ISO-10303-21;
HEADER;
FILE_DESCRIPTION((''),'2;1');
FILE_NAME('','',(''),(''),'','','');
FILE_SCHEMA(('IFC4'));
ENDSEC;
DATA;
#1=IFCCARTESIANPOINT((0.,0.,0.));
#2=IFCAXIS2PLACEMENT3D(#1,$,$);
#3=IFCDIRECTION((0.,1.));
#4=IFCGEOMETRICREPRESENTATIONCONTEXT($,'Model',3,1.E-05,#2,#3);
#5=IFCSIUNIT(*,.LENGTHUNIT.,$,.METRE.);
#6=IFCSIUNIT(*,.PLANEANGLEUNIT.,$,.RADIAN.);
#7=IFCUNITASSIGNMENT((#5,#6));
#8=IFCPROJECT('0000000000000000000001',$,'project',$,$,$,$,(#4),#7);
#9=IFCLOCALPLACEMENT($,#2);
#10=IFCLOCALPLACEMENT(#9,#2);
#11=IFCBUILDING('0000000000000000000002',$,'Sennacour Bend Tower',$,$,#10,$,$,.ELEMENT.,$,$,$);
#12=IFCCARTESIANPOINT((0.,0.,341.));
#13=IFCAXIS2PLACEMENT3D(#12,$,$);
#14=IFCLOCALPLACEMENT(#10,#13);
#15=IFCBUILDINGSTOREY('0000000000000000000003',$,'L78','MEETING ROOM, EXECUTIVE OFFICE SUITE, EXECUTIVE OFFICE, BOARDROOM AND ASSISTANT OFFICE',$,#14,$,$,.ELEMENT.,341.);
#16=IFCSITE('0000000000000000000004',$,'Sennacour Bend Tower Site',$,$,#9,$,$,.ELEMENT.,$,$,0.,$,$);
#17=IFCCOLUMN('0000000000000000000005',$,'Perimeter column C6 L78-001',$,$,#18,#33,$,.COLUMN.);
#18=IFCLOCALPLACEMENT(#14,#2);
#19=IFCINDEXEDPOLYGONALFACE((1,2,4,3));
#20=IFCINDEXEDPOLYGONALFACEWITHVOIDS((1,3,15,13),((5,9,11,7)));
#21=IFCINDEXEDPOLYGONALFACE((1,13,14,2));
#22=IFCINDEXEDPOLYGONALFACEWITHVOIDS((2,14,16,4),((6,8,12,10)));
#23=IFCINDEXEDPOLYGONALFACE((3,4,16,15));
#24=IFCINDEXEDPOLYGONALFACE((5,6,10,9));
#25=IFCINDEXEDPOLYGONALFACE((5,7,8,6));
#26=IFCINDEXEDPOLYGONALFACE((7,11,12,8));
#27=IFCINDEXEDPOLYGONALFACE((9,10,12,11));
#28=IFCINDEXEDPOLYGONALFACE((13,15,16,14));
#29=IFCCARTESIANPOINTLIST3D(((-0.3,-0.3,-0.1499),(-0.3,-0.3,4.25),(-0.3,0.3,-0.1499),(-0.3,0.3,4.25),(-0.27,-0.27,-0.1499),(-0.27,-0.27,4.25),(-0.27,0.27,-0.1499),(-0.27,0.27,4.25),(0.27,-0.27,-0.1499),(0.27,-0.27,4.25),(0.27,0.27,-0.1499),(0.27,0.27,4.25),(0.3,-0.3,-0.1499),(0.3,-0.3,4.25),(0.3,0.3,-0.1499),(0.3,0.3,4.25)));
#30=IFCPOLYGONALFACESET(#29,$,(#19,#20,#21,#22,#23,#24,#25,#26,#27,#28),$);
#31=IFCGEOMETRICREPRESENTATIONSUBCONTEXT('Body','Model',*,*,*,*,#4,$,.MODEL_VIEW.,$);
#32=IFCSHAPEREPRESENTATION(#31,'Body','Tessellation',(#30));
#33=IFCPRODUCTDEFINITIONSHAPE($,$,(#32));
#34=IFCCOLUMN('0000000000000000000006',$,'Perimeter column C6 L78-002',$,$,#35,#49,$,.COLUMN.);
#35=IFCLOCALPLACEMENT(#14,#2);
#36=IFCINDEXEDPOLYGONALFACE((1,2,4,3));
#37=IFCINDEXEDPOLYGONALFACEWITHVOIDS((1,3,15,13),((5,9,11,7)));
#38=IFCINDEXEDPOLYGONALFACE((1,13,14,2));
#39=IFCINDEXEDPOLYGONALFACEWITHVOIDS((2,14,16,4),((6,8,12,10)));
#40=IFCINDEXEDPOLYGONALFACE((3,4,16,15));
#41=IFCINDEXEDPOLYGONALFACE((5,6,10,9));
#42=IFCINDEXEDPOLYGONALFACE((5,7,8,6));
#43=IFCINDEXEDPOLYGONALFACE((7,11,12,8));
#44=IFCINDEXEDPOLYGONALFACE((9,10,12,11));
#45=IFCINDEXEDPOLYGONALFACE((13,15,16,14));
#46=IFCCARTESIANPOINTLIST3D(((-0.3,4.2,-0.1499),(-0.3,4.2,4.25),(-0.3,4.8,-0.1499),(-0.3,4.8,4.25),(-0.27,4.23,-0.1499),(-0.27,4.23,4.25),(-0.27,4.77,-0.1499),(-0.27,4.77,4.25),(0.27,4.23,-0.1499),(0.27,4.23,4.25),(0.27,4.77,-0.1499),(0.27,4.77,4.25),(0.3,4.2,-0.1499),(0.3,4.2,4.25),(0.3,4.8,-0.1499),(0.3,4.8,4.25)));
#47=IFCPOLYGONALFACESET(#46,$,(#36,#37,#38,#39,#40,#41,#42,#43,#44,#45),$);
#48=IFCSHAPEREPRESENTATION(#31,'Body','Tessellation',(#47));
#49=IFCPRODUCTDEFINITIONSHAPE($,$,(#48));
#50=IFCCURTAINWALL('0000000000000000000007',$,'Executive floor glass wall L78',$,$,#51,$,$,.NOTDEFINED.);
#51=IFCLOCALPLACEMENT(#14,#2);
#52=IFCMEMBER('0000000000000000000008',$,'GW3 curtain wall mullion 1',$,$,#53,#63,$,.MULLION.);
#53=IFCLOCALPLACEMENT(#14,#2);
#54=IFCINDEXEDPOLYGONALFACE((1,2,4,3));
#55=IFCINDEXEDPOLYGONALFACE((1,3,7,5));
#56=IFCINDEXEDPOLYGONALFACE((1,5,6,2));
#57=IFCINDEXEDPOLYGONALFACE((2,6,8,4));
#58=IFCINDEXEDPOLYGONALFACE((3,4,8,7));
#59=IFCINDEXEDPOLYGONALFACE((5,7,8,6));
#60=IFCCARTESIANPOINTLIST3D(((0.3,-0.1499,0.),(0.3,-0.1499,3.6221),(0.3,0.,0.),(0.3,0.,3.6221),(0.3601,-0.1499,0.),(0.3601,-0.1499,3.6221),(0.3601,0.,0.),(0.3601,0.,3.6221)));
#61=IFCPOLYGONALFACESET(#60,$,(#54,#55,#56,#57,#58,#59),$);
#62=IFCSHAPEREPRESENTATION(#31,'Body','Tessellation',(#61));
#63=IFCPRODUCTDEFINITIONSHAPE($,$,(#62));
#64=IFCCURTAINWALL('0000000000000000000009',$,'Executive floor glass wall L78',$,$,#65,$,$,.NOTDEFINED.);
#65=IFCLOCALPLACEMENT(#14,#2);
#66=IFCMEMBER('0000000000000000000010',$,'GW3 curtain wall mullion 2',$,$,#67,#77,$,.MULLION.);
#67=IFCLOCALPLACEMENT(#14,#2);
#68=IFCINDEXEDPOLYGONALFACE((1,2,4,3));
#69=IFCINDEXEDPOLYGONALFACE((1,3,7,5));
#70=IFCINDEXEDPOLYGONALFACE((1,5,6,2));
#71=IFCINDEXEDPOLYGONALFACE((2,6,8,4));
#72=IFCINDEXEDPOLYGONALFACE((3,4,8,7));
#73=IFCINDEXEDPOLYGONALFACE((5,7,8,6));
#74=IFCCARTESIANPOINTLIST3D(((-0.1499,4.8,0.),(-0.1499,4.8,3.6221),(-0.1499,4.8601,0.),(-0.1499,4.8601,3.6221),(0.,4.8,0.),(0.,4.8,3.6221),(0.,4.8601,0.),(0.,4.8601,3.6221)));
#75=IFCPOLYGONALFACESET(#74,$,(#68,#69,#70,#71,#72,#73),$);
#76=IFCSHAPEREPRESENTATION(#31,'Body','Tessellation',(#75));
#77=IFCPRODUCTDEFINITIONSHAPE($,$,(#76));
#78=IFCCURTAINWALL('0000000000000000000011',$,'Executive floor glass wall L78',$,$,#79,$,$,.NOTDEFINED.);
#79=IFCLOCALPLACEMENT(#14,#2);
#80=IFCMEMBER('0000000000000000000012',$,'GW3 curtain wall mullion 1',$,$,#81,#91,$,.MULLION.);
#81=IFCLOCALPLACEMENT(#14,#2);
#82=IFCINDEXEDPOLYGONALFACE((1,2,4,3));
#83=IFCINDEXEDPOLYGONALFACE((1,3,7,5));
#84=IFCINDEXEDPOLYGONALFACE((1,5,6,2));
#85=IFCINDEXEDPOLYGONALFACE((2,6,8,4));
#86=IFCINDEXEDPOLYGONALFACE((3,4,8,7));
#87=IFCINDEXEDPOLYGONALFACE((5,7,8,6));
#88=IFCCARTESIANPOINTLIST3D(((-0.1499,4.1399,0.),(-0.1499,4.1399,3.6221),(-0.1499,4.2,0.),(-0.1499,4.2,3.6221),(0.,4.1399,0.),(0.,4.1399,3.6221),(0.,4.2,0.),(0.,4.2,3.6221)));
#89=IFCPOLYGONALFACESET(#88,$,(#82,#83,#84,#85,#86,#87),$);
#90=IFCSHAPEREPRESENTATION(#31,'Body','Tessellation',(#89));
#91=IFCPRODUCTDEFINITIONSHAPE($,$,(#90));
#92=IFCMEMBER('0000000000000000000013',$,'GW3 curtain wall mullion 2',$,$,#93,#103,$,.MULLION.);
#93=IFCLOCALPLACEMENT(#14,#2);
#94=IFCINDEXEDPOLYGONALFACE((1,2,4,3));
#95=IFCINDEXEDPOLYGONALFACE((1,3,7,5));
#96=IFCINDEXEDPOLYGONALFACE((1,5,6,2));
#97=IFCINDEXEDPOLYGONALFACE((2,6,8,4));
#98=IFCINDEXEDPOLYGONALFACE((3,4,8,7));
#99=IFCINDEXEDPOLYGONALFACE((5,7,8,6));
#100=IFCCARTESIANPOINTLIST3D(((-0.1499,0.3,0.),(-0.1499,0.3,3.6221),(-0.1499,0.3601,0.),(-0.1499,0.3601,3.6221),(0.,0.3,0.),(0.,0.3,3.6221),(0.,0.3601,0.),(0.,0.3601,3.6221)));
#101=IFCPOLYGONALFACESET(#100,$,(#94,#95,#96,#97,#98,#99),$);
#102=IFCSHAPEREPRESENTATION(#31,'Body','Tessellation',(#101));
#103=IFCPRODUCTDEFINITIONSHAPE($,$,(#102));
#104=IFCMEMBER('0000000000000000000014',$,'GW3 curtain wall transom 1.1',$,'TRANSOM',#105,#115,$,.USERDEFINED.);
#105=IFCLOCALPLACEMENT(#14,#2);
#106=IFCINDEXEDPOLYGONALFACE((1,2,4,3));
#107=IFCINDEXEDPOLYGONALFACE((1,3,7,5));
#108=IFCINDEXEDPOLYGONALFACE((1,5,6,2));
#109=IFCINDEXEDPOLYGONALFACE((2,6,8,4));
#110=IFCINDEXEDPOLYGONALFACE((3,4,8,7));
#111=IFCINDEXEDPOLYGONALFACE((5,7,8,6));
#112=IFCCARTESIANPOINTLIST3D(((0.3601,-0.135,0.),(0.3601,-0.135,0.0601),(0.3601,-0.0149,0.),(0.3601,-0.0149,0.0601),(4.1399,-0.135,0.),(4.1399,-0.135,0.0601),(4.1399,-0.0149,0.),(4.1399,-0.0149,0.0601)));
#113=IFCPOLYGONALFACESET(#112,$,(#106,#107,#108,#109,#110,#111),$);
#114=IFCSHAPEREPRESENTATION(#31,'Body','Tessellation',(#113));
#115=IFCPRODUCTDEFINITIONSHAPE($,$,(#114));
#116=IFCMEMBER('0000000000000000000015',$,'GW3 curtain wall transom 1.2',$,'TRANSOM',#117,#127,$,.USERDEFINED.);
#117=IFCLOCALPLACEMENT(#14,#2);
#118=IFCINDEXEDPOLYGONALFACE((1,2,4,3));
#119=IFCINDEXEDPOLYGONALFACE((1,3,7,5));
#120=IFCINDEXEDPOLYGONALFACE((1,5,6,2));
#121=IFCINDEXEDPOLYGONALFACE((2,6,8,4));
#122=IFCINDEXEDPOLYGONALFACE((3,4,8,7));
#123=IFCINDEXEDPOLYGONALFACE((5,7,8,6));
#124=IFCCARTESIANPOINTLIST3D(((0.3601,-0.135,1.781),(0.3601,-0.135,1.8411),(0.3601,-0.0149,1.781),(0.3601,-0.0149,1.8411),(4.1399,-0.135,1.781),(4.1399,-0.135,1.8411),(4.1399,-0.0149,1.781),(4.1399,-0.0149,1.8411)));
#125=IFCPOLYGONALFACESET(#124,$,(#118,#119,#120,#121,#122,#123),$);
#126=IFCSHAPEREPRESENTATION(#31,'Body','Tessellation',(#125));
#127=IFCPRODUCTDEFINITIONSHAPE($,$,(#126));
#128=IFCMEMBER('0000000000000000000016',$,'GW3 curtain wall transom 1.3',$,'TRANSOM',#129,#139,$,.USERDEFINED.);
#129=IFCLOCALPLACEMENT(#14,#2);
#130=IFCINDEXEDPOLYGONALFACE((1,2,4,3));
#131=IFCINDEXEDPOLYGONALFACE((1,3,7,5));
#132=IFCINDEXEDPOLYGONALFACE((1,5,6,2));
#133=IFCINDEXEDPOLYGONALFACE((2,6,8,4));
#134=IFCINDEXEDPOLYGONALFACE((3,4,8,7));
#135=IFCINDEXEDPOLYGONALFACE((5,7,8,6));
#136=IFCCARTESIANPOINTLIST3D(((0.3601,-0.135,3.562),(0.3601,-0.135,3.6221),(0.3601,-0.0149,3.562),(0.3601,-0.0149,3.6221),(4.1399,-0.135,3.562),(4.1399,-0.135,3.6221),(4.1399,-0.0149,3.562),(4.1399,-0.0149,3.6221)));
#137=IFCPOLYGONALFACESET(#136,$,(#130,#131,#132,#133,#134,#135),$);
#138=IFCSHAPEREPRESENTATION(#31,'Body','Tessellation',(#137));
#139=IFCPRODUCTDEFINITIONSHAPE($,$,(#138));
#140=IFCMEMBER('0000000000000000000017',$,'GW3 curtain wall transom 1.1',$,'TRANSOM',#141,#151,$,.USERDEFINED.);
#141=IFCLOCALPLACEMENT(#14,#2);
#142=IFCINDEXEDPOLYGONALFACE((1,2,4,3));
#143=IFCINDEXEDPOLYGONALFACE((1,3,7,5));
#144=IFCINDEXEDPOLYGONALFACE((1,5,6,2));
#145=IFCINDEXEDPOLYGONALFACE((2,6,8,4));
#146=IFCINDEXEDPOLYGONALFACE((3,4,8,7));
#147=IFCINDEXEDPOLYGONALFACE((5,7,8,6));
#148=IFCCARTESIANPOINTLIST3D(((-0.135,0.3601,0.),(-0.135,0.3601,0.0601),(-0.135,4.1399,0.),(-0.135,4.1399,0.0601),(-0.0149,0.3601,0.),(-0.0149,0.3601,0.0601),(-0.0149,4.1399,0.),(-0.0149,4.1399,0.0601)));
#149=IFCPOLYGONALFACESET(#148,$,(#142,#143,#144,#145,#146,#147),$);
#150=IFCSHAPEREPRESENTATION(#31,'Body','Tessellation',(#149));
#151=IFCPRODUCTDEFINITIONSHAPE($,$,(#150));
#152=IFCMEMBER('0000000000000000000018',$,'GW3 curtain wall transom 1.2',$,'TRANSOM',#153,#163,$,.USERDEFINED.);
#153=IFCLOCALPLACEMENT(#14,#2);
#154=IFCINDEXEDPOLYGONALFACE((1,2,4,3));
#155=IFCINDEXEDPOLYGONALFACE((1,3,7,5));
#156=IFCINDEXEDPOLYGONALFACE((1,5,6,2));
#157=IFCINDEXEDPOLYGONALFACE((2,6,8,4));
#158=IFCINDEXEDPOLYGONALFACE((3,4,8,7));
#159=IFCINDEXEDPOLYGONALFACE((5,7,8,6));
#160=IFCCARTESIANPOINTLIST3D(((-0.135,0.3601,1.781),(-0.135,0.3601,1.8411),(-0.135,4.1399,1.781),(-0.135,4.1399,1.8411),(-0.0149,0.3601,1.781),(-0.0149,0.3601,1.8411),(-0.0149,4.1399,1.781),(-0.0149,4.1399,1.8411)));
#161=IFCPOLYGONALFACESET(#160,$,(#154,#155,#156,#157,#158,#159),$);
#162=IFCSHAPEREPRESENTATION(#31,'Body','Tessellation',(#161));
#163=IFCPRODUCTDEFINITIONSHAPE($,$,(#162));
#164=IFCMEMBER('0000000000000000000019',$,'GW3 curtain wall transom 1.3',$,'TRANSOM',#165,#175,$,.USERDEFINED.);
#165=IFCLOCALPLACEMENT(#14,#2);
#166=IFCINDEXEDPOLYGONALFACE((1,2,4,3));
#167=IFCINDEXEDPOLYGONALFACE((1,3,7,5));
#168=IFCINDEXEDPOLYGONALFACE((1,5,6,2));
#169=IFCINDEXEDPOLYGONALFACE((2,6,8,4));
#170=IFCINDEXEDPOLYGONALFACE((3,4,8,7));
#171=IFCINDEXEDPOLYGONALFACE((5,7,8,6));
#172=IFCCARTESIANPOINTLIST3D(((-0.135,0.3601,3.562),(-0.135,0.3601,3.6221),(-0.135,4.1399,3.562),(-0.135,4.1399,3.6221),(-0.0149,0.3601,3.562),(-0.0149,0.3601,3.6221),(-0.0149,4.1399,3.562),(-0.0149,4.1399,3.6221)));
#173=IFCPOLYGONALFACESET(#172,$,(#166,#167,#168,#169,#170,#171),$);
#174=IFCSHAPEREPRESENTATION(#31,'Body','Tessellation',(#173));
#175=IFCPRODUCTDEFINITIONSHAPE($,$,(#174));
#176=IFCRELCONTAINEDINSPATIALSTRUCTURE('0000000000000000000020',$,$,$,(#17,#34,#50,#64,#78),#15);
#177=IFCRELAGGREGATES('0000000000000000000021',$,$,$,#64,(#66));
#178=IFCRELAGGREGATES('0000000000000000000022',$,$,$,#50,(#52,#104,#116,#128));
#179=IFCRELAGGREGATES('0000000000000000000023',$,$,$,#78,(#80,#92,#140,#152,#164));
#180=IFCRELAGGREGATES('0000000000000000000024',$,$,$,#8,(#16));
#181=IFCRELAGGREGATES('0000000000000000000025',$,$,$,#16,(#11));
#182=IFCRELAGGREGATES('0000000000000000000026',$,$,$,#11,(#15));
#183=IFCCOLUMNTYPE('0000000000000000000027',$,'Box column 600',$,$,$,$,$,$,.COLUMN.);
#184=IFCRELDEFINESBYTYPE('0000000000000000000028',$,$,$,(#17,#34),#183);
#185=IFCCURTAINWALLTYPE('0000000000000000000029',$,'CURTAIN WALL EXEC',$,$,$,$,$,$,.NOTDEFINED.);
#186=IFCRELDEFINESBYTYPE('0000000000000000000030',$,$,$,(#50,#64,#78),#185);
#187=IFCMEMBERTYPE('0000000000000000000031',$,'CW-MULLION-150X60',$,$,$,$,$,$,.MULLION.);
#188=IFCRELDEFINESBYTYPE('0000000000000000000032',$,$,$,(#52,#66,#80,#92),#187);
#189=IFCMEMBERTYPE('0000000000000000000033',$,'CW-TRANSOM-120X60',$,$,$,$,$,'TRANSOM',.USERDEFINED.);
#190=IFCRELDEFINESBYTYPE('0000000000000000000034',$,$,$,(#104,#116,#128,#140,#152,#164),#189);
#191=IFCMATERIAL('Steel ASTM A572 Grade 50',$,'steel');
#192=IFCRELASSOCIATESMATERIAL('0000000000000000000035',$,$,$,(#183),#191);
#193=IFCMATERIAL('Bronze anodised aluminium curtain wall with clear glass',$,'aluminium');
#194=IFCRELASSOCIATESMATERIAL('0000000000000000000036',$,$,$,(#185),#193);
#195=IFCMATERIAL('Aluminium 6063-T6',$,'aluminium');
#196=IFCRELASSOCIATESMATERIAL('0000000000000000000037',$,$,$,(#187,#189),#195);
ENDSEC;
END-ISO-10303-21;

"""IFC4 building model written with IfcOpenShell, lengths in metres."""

from ifc_helpers import new_model, si_unit, direction, frame, origin, origin_2d, place, context, subcontext, project, spatial, rectangle, hollow_rectangle, extrude, material, material_profile, profile_set, type_object, element, aggregate, save


model = new_model("IFC4")

# Units and contexts
model_context = context("Model", 3, precision=1e-05, world=origin(), true_north=direction((0.0, 1.0)))
body_context = subcontext(model_context, "Body", "Model", "MODEL_VIEW")
ifc_project = project(units=[si_unit("LENGTHUNIT", "METRE"), si_unit("PLANEANGLEUNIT", "RADIAN")], contexts=[model_context])

# Site, building, storey
site_placement = place(None, origin())
site = spatial("IfcSite", under=ifc_project, at=site_placement, Name="Sennacour Bend Tower Site", CompositionType="ELEMENT", RefElevation=0.0)
building_placement = place(site_placement, origin())
building = spatial("IfcBuilding", under=site, at=building_placement, Name="Sennacour Bend Tower", CompositionType="ELEMENT")
storey_placement = place(building_placement, frame((0.0, 0.0, 341.0)))
storey = spatial("IfcBuildingStorey", under=building, at=storey_placement, Name="L78", Description="MEETING ROOM, EXECUTIVE OFFICE SUITE, EXECUTIVE OFFICE, BOARDROOM AND ASSISTANT OFFICE", CompositionType="ELEMENT", Elevation=341.0)

# Columns
ifc_material_1 = material(Name="Steel ASTM A572 Grade 50", Category="steel")
ifc_material_profile_1 = material_profile(ifc_material_1, hollow_rectangle(XDim=0.6001, YDim=0.6001, WallThickness=0.03, at=origin_2d()), Name="Steel ASTM A572 Grade 50", Category="steel")
ifc_profile_set_1 = profile_set([ifc_material_profile_1], Name="Steel ASTM A572 Grade 50")
column_type = type_object("IfcColumnType", Name="Box column 600", PredefinedType="COLUMN", material=ifc_profile_set_1)
for number, where, z_axis, x_axis, name in (
    (1, (0.0, 0.0, -0.1499), (0.0, 0.0, 1.0), (1.0, 0.0, 0.0), "Perimeter column C6 L78-001"),
    (2, (0.0, 4.5, -0.1499), (0.0, 0.0, 1.0), (1.0, 0.0, 0.0), "Perimeter column C6 L78-002"),
):
    element("IfcColumn", number, at=place(storey_placement, frame(where, z_axis=z_axis, x_axis=x_axis)), inside=storey, type_object=column_type, Name=name, PredefinedType="COLUMN", context=body_context, shape_type="SweptSolid", body=[
        extrude(hollow_rectangle(XDim=0.6001, YDim=0.6001, WallThickness=0.03, at=origin_2d()), origin(), (0.0, 0.0, 1.0), 4.3999),
    ])

# Curtain walls, members
ifc_material_2 = material(Name="Bronze anodised aluminium curtain wall with clear glass", Category="aluminium")
curtain_wall_type = type_object("IfcCurtainWallType", Name="CURTAIN WALL EXEC", PredefinedType="NOTDEFINED", material=ifc_material_2)
curtain_wall_1_placement = place(storey_placement, origin())
curtain_wall_1 = element("IfcCurtainWall", 3, at=curtain_wall_1_placement, inside=storey, type_object=curtain_wall_type, Name="Executive floor glass wall L78", PredefinedType="NOTDEFINED")
ifc_material_3 = material(Name="Aluminium 6063-T6", Category="aluminium")
ifc_material_profile_2 = material_profile(ifc_material_3, rectangle(XDim=0.1499, YDim=0.0601, at=origin_2d()), Name="Aluminium 6063-T6", Category="aluminium")
ifc_profile_set_2 = profile_set([ifc_material_profile_2], Name="Aluminium 6063-T6")
member_type_1 = type_object("IfcMemberType", Name="CW-MULLION-150X60", PredefinedType="MULLION", material=ifc_profile_set_2)
member_1_placement = place(storey_placement, frame((0.3301, -0.075, 0.0), z_axis=(0.0, 0.0, 1.0), x_axis=(0.0, 1.0, 0.0)))
member_1 = element("IfcMember", 4, at=member_1_placement, type_object=member_type_1, Name="GW3 curtain wall mullion 1", PredefinedType="MULLION", context=body_context, shape_type="SweptSolid", body=[
    extrude(rectangle(XDim=0.1499, YDim=0.0601, at=origin_2d()), origin(), (0.0, 0.0, 1.0), 3.6221),
])
curtain_wall_2_placement = place(storey_placement, origin())
curtain_wall_2 = element("IfcCurtainWall", 5, at=curtain_wall_2_placement, inside=storey, type_object=curtain_wall_type, Name="Executive floor glass wall L78", PredefinedType="NOTDEFINED")
member_2_placement = place(storey_placement, frame((-0.075, 4.8301, 0.0), z_axis=(0.0, 0.0, 1.0), x_axis=(1.0, 0.0, 0.0)))
member_2 = element("IfcMember", 6, at=member_2_placement, type_object=member_type_1, Name="GW3 curtain wall mullion 2", PredefinedType="MULLION", context=body_context, shape_type="SweptSolid", body=[
    extrude(rectangle(XDim=0.1499, YDim=0.0601, at=origin_2d()), origin(), (0.0, 0.0, 1.0), 3.6221),
])
aggregate(curtain_wall_2, [member_2])

# Curtain wall, members
curtain_wall_3_placement = place(storey_placement, origin())
curtain_wall_3 = element("IfcCurtainWall", 7, at=curtain_wall_3_placement, inside=storey, type_object=curtain_wall_type, Name="Executive floor glass wall L78", PredefinedType="NOTDEFINED")
member_3_placement = place(storey_placement, frame((-0.075, 4.1699, 0.0), z_axis=(0.0, 0.0, 1.0), x_axis=(1.0, 0.0, 0.0)))
member_3 = element("IfcMember", 8, at=member_3_placement, type_object=member_type_1, Name="GW3 curtain wall mullion 1", PredefinedType="MULLION", context=body_context, shape_type="SweptSolid", body=[
    extrude(rectangle(XDim=0.1499, YDim=0.0601, at=origin_2d()), origin(), (0.0, 0.0, 1.0), 3.6221),
])
member_4_placement = place(storey_placement, frame((-0.075, 0.3301, 0.0), z_axis=(0.0, 0.0, 1.0), x_axis=(1.0, 0.0, 0.0)))
member_4 = element("IfcMember", 9, at=member_4_placement, type_object=member_type_1, Name="GW3 curtain wall mullion 2", PredefinedType="MULLION", context=body_context, shape_type="SweptSolid", body=[
    extrude(rectangle(XDim=0.1499, YDim=0.0601, at=origin_2d()), origin(), (0.0, 0.0, 1.0), 3.6221),
])

# Members
ifc_material_profile_3 = material_profile(ifc_material_3, rectangle(XDim=0.1201, YDim=0.0601, at=origin_2d()), Name="Aluminium 6063-T6", Category="aluminium")
ifc_profile_set_3 = profile_set([ifc_material_profile_3], Name="Aluminium 6063-T6")
member_type_2 = type_object("IfcMemberType", Name="CW-TRANSOM-120X60", ElementType="TRANSOM", PredefinedType="USERDEFINED", material=ifc_profile_set_3)
member_5_placement = place(storey_placement, frame((0.3601, -0.075, 0.03), z_axis=(1.0, 0.0, 0.0), x_axis=(0.0, 1.0, 0.0)))
member_5 = element("IfcMember", 10, at=member_5_placement, type_object=member_type_2, Name="GW3 curtain wall transom 1.1", ObjectType="TRANSOM", PredefinedType="USERDEFINED", context=body_context, shape_type="SweptSolid", body=[
    extrude(rectangle(XDim=0.1201, YDim=0.0601, at=origin_2d()), origin(), (0.0, 0.0, 1.0), 3.7798),
])
member_6_placement = place(storey_placement, frame((0.3601, -0.075, 1.811), z_axis=(1.0, 0.0, 0.0), x_axis=(0.0, 1.0, 0.0)))
member_6 = element("IfcMember", 11, at=member_6_placement, type_object=member_type_2, Name="GW3 curtain wall transom 1.2", ObjectType="TRANSOM", PredefinedType="USERDEFINED", context=body_context, shape_type="SweptSolid", body=[
    extrude(rectangle(XDim=0.1201, YDim=0.0601, at=origin_2d()), origin(), (0.0, 0.0, 1.0), 3.7798),
])
member_7_placement = place(storey_placement, frame((0.3601, -0.075, 3.592), z_axis=(1.0, 0.0, 0.0), x_axis=(0.0, 1.0, 0.0)))
member_7 = element("IfcMember", 12, at=member_7_placement, type_object=member_type_2, Name="GW3 curtain wall transom 1.3", ObjectType="TRANSOM", PredefinedType="USERDEFINED", context=body_context, shape_type="SweptSolid", body=[
    extrude(rectangle(XDim=0.1201, YDim=0.0601, at=origin_2d()), origin(), (0.0, 0.0, 1.0), 3.7798),
])
aggregate(curtain_wall_1, [member_1, member_5, member_6, member_7])
member_8_placement = place(storey_placement, frame((-0.075, 4.1399, 0.03), z_axis=(0.0, -1.0, 0.0), x_axis=(1.0, 0.0, 0.0)))
member_8 = element("IfcMember", 13, at=member_8_placement, type_object=member_type_2, Name="GW3 curtain wall transom 1.1", ObjectType="TRANSOM", PredefinedType="USERDEFINED", context=body_context, shape_type="SweptSolid", body=[
    extrude(rectangle(XDim=0.1201, YDim=0.0601, at=origin_2d()), origin(), (0.0, 0.0, 1.0), 3.7798),
])
member_9_placement = place(storey_placement, frame((-0.075, 4.1399, 1.811), z_axis=(0.0, -1.0, 0.0), x_axis=(1.0, 0.0, 0.0)))
member_9 = element("IfcMember", 14, at=member_9_placement, type_object=member_type_2, Name="GW3 curtain wall transom 1.2", ObjectType="TRANSOM", PredefinedType="USERDEFINED", context=body_context, shape_type="SweptSolid", body=[
    extrude(rectangle(XDim=0.1201, YDim=0.0601, at=origin_2d()), origin(), (0.0, 0.0, 1.0), 3.7798),
])
member_10_placement = place(storey_placement, frame((-0.075, 4.1399, 3.592), z_axis=(0.0, -1.0, 0.0), x_axis=(1.0, 0.0, 0.0)))
member_10 = element("IfcMember", 15, at=member_10_placement, type_object=member_type_2, Name="GW3 curtain wall transom 1.3", ObjectType="TRANSOM", PredefinedType="USERDEFINED", context=body_context, shape_type="SweptSolid", body=[
    extrude(rectangle(XDim=0.1201, YDim=0.0601, at=origin_2d()), origin(), (0.0, 0.0, 1.0), 3.7798),
])

aggregate(curtain_wall_3, [member_3, member_4, member_8, member_9, member_10])

save(model, "model.ifc")
